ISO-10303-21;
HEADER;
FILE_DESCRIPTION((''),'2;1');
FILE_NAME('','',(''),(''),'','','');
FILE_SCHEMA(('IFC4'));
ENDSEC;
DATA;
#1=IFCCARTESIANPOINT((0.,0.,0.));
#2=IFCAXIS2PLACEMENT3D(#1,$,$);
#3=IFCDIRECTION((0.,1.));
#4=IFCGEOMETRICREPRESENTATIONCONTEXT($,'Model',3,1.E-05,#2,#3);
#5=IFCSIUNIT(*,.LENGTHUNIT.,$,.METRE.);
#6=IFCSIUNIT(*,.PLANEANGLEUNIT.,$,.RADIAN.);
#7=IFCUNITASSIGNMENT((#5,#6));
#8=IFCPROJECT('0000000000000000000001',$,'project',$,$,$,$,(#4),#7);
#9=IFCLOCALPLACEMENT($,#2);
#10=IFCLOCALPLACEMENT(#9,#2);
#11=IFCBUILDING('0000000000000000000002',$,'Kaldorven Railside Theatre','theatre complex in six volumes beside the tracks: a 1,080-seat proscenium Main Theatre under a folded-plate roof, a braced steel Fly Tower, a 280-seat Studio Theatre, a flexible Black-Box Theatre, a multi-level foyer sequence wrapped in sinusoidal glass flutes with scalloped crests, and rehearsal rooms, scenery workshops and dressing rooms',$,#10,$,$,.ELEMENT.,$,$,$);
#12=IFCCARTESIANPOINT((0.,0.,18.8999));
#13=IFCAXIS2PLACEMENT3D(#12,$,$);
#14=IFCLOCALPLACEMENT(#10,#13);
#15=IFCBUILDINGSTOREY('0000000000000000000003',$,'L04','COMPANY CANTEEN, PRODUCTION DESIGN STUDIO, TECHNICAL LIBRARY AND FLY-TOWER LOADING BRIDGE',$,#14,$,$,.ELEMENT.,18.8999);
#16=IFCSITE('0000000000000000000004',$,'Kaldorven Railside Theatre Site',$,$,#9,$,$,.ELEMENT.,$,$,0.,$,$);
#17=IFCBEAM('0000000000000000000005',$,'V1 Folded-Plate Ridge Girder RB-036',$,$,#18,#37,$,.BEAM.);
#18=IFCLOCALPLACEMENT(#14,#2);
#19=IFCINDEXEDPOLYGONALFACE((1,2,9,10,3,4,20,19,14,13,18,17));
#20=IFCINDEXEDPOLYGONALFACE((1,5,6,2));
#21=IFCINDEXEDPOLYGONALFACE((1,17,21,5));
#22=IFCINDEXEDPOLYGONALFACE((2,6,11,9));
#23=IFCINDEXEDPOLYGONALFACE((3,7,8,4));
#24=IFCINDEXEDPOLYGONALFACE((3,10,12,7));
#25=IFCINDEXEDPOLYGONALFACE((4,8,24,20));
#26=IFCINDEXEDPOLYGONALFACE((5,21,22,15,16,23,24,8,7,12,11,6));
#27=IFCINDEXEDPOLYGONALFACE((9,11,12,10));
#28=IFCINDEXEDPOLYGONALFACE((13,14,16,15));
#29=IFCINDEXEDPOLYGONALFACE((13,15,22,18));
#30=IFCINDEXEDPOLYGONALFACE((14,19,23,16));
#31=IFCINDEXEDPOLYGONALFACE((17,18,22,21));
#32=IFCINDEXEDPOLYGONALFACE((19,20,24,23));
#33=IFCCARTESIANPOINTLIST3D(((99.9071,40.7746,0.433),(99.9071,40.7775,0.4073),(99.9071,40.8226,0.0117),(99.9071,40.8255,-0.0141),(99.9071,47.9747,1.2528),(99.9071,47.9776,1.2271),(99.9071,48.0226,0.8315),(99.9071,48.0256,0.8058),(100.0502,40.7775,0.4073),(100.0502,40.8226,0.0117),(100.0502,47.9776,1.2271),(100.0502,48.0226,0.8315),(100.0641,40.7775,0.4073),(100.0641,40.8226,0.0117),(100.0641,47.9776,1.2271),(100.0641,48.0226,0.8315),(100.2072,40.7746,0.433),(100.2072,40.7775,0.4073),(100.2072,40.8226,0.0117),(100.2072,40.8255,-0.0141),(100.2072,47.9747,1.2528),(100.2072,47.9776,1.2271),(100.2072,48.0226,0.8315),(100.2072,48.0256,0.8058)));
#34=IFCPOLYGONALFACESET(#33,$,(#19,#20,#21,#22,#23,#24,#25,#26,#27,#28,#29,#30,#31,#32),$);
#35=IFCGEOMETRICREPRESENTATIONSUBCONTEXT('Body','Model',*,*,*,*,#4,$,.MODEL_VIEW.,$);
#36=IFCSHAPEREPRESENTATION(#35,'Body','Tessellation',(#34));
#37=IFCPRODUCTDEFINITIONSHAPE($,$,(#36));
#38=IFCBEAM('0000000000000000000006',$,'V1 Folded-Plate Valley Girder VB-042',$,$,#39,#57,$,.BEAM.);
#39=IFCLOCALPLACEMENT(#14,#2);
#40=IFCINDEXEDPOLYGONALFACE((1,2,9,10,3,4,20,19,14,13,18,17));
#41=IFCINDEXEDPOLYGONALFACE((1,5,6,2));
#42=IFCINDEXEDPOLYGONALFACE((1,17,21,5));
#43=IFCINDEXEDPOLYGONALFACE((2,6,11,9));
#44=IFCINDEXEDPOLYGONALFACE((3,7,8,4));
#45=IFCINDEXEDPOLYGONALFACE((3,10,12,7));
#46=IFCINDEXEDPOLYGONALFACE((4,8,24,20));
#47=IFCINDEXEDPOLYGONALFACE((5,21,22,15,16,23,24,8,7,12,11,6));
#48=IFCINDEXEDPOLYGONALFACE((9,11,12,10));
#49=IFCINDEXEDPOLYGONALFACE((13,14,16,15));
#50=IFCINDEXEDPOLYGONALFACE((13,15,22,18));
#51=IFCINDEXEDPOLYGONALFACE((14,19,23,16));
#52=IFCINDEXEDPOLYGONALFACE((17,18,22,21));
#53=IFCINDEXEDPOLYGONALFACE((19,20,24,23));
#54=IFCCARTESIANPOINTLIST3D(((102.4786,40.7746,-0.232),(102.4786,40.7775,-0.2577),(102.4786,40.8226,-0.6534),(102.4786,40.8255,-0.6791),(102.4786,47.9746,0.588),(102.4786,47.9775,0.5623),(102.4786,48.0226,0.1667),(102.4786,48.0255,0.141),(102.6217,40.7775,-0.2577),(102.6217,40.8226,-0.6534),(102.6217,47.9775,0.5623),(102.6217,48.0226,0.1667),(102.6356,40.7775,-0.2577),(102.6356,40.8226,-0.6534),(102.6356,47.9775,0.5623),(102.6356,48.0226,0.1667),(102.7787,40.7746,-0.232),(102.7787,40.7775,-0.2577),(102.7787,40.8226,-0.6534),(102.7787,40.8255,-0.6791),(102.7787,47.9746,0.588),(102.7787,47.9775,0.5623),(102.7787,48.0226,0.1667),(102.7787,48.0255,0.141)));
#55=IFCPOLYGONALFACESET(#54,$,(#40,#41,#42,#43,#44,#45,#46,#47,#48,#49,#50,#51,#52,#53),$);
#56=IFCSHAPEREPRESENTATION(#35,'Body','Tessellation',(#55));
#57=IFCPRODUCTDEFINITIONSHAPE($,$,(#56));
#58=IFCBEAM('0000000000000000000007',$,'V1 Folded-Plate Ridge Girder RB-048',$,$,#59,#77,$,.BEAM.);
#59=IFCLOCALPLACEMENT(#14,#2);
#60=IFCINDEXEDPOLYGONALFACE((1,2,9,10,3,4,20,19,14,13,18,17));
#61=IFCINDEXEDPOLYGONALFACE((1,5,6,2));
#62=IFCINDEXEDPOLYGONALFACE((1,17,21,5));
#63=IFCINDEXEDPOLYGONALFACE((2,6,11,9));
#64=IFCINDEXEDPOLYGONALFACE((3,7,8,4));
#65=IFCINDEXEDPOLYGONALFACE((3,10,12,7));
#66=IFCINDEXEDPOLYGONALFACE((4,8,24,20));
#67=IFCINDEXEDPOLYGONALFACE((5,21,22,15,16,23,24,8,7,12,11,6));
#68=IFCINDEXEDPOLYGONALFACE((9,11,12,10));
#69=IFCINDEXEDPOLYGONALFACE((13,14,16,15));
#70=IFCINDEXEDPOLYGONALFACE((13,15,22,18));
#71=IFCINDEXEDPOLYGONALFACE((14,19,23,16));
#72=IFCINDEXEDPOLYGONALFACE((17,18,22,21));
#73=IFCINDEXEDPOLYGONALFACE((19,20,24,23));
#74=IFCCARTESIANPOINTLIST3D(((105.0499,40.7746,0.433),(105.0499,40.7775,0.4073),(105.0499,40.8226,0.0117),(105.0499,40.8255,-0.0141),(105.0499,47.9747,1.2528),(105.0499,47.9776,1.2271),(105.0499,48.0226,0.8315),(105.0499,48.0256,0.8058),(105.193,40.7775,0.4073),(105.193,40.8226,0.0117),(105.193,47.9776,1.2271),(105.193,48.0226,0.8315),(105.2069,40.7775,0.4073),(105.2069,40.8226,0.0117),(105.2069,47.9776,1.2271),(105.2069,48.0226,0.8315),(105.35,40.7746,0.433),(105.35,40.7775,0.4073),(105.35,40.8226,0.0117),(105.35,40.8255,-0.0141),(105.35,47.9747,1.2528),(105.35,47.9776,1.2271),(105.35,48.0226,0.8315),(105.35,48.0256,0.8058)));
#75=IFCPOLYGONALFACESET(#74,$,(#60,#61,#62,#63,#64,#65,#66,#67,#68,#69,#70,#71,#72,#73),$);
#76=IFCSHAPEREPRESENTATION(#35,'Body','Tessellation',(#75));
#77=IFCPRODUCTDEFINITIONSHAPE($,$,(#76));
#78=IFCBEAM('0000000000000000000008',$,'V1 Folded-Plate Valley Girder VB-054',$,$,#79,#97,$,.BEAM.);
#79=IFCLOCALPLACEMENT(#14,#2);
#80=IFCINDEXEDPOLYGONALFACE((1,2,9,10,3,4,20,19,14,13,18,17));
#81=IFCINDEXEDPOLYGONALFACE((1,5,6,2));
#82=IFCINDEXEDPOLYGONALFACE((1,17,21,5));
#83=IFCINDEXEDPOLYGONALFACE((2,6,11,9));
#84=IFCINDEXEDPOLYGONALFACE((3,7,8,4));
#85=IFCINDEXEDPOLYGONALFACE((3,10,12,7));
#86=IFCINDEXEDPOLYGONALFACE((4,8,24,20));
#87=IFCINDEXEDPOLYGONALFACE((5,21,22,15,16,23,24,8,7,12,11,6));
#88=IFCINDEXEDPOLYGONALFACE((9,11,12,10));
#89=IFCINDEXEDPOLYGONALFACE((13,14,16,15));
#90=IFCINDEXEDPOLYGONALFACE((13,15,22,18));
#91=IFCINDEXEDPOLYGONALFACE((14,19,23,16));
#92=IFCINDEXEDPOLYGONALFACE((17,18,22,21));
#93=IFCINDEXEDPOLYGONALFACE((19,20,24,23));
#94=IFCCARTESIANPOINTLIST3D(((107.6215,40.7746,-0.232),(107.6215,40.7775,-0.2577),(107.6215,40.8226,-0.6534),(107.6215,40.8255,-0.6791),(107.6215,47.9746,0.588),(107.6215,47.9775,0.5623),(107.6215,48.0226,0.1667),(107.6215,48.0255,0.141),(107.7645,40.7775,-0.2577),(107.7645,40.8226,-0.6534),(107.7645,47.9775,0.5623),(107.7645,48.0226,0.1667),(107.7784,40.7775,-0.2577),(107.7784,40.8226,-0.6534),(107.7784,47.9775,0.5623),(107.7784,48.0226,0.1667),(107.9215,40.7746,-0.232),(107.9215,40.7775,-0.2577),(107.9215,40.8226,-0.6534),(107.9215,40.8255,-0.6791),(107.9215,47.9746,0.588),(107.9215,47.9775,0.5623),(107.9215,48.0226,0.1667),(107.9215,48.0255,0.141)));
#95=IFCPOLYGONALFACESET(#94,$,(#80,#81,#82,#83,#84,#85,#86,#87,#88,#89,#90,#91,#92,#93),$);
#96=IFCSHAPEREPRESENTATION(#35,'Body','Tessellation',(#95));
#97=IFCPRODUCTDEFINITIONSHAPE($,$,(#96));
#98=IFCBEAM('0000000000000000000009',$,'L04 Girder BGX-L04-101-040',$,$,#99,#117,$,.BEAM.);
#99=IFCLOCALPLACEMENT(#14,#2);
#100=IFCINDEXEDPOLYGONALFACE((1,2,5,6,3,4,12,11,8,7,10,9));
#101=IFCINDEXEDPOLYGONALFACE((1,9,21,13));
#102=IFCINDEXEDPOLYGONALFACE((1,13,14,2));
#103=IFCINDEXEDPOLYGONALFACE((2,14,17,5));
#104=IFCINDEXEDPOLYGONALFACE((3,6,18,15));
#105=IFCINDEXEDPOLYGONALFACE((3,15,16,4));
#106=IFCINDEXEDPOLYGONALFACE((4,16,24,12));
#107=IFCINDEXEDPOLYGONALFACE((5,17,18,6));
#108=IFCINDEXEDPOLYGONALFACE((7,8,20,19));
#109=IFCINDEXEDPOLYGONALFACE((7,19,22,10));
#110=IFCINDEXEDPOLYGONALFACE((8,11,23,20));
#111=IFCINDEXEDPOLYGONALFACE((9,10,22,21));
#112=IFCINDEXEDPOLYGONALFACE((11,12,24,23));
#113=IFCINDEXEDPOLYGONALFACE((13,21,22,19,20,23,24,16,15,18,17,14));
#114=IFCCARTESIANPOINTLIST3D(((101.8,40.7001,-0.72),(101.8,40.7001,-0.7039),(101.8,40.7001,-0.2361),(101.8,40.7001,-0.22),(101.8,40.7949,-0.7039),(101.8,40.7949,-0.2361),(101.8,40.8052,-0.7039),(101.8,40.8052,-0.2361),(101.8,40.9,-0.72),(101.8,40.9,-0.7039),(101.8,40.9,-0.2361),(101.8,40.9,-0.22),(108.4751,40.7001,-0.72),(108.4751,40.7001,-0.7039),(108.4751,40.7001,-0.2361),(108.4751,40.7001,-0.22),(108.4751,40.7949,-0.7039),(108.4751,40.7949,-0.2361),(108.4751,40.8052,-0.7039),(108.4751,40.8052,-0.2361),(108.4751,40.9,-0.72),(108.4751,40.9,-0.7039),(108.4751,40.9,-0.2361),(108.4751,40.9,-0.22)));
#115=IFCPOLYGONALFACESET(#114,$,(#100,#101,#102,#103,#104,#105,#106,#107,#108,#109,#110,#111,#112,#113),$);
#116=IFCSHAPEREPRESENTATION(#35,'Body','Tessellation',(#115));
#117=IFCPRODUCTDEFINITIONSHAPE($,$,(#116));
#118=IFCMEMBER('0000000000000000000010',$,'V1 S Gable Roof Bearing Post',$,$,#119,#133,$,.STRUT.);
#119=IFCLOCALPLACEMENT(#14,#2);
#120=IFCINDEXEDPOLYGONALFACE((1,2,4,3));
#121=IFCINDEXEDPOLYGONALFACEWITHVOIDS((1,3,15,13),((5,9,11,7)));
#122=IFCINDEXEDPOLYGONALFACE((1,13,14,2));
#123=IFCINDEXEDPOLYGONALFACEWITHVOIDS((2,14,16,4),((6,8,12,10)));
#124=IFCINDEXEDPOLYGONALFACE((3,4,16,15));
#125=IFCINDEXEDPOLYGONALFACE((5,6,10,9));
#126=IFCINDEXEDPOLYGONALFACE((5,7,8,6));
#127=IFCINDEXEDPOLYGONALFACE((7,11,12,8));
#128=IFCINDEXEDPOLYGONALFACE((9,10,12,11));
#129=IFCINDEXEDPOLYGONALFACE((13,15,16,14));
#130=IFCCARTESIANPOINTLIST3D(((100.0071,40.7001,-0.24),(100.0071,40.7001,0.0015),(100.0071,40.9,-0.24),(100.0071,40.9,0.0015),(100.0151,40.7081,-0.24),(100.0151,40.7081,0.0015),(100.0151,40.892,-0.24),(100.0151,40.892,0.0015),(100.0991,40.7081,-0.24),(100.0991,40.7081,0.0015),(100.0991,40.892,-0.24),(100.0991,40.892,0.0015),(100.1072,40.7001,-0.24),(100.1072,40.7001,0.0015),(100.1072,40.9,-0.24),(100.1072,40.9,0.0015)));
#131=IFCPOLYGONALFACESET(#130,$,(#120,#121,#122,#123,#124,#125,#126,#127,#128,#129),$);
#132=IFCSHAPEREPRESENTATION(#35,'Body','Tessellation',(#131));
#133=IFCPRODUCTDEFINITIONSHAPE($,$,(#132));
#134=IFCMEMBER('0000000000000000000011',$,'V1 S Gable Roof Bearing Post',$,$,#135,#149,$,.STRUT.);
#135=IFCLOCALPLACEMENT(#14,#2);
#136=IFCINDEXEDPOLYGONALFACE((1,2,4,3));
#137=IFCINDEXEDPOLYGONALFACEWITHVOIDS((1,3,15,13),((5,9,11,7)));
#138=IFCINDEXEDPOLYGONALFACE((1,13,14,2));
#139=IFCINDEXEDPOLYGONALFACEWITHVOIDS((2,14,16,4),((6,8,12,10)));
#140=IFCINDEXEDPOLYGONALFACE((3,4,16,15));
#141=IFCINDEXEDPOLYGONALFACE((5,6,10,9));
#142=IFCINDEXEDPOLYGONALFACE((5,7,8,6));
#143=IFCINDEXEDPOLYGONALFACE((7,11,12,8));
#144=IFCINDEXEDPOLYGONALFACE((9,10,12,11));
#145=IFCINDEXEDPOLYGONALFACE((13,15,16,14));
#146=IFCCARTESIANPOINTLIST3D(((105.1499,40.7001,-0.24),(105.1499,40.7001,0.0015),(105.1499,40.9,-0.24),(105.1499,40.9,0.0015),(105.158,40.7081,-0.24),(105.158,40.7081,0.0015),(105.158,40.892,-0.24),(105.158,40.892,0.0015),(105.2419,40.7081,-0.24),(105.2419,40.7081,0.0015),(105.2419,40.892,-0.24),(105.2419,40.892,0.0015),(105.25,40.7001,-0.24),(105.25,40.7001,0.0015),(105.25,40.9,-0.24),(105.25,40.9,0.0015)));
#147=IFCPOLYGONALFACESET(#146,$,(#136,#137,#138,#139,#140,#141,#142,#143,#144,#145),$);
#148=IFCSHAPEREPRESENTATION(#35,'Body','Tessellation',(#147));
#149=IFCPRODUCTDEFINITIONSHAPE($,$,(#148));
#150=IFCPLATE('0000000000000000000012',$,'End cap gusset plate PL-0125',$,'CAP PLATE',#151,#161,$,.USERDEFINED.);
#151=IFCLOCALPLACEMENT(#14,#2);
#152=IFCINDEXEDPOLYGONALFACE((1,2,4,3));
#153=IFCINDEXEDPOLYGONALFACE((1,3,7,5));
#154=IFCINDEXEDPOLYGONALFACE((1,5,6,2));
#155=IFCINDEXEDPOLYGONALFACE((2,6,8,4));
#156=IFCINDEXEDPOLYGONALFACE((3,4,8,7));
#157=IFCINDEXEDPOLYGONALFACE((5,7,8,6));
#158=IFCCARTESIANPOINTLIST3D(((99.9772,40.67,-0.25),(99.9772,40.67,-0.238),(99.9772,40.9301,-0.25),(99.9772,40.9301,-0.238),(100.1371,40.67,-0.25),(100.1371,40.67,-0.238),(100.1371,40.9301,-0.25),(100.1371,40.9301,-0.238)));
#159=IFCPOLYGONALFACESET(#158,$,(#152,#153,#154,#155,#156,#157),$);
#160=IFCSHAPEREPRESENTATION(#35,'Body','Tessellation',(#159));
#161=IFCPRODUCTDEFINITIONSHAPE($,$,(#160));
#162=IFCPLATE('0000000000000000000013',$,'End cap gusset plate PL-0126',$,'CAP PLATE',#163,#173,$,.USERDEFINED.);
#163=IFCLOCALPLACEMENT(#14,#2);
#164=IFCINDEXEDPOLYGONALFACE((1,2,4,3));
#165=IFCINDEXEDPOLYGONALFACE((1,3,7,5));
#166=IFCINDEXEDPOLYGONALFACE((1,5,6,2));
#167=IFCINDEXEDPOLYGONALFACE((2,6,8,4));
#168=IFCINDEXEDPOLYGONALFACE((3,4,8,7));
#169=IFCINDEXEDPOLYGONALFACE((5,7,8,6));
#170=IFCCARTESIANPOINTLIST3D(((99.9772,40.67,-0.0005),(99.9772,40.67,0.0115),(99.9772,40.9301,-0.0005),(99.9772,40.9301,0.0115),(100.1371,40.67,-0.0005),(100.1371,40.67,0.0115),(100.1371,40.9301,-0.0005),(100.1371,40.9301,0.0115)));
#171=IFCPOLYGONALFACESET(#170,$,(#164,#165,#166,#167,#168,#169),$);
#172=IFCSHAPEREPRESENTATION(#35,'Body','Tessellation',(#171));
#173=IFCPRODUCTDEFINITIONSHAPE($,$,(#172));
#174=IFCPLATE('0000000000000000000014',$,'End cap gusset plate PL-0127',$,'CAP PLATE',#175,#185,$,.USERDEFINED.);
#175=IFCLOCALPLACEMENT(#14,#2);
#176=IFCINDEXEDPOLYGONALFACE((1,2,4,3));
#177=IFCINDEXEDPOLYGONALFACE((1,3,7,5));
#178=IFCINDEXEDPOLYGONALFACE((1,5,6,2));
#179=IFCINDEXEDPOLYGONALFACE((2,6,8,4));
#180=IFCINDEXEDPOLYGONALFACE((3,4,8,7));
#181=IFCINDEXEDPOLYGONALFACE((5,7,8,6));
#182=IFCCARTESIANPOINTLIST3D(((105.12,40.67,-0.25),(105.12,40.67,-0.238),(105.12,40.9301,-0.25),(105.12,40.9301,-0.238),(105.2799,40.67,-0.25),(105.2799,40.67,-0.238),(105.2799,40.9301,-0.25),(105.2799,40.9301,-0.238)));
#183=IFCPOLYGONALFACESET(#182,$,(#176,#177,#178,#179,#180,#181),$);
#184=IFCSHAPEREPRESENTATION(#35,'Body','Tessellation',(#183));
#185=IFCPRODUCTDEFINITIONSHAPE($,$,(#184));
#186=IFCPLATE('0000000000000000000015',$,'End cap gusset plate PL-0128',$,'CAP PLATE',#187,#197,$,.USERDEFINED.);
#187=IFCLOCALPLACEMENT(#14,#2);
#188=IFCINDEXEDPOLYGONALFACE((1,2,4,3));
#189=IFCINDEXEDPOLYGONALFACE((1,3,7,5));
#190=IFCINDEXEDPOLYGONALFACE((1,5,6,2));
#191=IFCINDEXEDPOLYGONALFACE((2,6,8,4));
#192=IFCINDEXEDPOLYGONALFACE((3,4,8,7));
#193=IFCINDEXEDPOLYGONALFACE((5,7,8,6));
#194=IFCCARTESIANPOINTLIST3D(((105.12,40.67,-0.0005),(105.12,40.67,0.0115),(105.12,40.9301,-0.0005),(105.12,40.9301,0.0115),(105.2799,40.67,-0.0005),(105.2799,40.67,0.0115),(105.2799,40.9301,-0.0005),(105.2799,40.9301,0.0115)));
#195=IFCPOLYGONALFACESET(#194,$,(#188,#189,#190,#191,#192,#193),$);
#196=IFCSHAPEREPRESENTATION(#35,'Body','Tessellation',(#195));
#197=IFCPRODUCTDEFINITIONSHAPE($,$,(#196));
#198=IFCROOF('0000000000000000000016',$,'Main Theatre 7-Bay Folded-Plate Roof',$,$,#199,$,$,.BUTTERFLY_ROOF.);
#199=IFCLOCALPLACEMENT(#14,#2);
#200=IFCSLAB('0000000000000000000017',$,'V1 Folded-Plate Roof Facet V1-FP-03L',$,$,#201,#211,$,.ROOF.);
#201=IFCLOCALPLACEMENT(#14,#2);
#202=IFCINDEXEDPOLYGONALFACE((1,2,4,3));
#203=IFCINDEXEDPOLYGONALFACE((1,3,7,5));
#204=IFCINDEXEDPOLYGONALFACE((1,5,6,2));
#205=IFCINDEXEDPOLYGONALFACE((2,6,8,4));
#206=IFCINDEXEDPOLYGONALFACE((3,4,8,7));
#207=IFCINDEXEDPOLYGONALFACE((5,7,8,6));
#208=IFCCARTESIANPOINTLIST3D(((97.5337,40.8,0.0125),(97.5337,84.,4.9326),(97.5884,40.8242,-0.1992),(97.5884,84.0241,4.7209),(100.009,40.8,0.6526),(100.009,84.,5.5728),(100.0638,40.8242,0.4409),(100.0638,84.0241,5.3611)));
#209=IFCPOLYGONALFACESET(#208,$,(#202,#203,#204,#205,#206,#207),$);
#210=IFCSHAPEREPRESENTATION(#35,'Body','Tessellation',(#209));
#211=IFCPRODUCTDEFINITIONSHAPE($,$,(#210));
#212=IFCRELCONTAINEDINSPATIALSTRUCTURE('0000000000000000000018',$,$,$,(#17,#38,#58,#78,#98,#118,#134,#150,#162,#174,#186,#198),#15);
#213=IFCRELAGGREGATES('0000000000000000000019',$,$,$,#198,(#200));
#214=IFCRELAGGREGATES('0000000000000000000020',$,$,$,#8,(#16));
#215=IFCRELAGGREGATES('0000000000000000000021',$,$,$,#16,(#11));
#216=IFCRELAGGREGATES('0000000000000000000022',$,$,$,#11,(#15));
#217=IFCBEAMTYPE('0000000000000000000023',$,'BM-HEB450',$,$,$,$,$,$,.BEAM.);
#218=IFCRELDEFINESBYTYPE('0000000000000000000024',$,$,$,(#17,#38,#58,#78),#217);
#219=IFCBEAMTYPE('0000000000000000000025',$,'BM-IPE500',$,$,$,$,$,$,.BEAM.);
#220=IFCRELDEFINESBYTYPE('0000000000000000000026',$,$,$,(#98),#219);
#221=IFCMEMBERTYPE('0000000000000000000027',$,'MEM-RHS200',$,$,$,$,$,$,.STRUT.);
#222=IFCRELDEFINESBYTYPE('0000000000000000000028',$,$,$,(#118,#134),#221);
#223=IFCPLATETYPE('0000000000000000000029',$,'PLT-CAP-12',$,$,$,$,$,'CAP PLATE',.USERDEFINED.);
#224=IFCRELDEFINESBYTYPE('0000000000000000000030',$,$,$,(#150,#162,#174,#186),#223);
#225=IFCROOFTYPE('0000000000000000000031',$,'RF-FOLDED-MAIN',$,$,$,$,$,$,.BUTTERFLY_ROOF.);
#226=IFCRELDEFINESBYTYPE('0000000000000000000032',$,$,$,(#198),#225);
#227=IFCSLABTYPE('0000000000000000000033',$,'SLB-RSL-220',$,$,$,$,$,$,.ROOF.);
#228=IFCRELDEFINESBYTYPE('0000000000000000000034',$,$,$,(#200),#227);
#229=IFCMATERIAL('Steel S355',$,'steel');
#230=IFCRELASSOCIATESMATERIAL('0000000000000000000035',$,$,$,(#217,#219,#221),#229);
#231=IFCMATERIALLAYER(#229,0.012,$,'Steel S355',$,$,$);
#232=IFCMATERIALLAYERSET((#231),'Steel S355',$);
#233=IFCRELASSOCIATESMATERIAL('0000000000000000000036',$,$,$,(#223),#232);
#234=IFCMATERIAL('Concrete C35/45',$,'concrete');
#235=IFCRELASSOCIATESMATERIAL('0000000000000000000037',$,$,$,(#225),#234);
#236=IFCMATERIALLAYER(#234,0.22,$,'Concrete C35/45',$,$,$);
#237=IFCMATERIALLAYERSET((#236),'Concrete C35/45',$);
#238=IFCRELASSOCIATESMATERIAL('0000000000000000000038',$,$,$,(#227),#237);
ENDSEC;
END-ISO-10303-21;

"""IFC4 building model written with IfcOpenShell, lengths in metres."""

from ifc_helpers import new_model, si_unit, direction, frame, origin, origin_2d, place, context, subcontext, project, spatial, polyline, rectangle, hollow_rectangle, i_section, outline, extrude, material, layer, layer_set, material_profile, profile_set, type_object, element, aggregate, save


model = new_model("IFC4")

# Units and contexts
model_context = context("Model", 3, precision=1e-05, world=origin(), true_north=direction((0.0, 1.0)))
body_context = subcontext(model_context, "Body", "Model", "MODEL_VIEW")
ifc_project = project(units=[si_unit("LENGTHUNIT", "METRE"), si_unit("PLANEANGLEUNIT", "RADIAN")], contexts=[model_context])

# Site, building, storey
site_placement = place(None, origin())
site = spatial("IfcSite", under=ifc_project, at=site_placement, Name="Kaldorven Railside Theatre Site", CompositionType="ELEMENT", RefElevation=0.0)
building_placement = place(site_placement, origin())
building = spatial("IfcBuilding", under=site, at=building_placement, Name="Kaldorven Railside Theatre", Description="theatre complex in six volumes beside the tracks: a 1,080-seat proscenium Main Theatre under a folded-plate roof, a braced steel Fly Tower, a 280-seat Studio Theatre, a flexible Black-Box Theatre, a multi-level foyer sequence wrapped in sinusoidal glass flutes with scalloped crests, and rehearsal rooms, scenery workshops and dressing rooms", CompositionType="ELEMENT")
storey_placement = place(building_placement, frame((0.0, 0.0, 18.8999)))
storey = spatial("IfcBuildingStorey", under=building, at=storey_placement, Name="L04", Description="COMPANY CANTEEN, PRODUCTION DESIGN STUDIO, TECHNICAL LIBRARY AND FLY-TOWER LOADING BRIDGE", CompositionType="ELEMENT", Elevation=18.8999)

# Beams
ifc_material_1 = material(Name="Steel S355", Category="steel")
ifc_material_profile_1 = material_profile(ifc_material_1, i_section(OverallWidth=0.3, OverallDepth=0.45, WebThickness=0.0139, FlangeThickness=0.0259, at=origin_2d()), Name="HEB 450")
ifc_profile_set_1 = profile_set([ifc_material_profile_1], Name="Steel S355")
beam_type_1 = type_object("IfcBeamType", Name="BM-HEB450", PredefinedType="BEAM", material=ifc_profile_set_1)
for number, where, z_axis, x_axis, name in (
    (1, (100.0571, 40.8, 0.2095), (0.0, 0.99358, 0.113134), (-1.0, 0.0, 0.0), "V1 Folded-Plate Ridge Girder RB-036"),
    (2, (102.6287, 40.8, -0.4556), (0.0, 0.993576, 0.113167), (-1.0, 0.0, 0.0), "V1 Folded-Plate Valley Girder VB-042"),
    (3, (105.2, 40.8, 0.2095), (0.0, 0.99358, 0.113134), (-1.0, 0.0, 0.0), "V1 Folded-Plate Ridge Girder RB-048"),
    (4, (107.7715, 40.8, -0.4556), (0.0, 0.993576, 0.113167), (-1.0, 0.0, 0.0), "V1 Folded-Plate Valley Girder VB-054"),
):
    element("IfcBeam", number, at=place(storey_placement, frame(where, z_axis=z_axis, x_axis=x_axis)), inside=storey, type_object=beam_type_1, Name=name, PredefinedType="BEAM", context=body_context, shape_type="SweptSolid", body=[
        extrude(i_section(OverallWidth=0.3, OverallDepth=0.45, WebThickness=0.0139, FlangeThickness=0.0259, at=origin_2d()), origin(), (0.0, 0.0, 1.0), 7.2466),
    ])
ifc_material_profile_2 = material_profile(ifc_material_1, i_section(OverallWidth=0.2, OverallDepth=0.5, WebThickness=0.0103, FlangeThickness=0.0161, at=origin_2d()), Name="IPE 500")
ifc_profile_set_2 = profile_set([ifc_material_profile_2], Name="Steel S355")
beam_type_2 = type_object("IfcBeamType", Name="BM-IPE500", PredefinedType="BEAM", material=ifc_profile_set_2)
beam_placement = place(storey_placement, frame((101.8, 40.8, -0.47), z_axis=(1.0, 0.0, 0.0), x_axis=(0.0, 1.0, 0.0)))
element("IfcBeam", 5, at=beam_placement, inside=storey, type_object=beam_type_2, Name="L04 Girder BGX-L04-101-040", PredefinedType="BEAM", context=body_context, shape_type="SweptSolid", body=[
    extrude(i_section(OverallWidth=0.2, OverallDepth=0.5, WebThickness=0.0103, FlangeThickness=0.0161, at=origin_2d()), origin(), (0.0, 0.0, 1.0), 6.675),
])

# Members
ifc_material_profile_3 = material_profile(ifc_material_1, hollow_rectangle(XDim=0.1001, YDim=0.2, WallThickness=0.0081, at=origin_2d()), Name="RHS 200x100x8")
ifc_profile_set_3 = profile_set([ifc_material_profile_3], Name="Steel S355")
member_type = type_object("IfcMemberType", Name="MEM-RHS200", PredefinedType="STRUT", material=ifc_profile_set_3)
for number, where, z_axis, x_axis, name in (
    (6, (100.0571, 40.8, -0.24), (0.0, 0.0, 1.0), (1.0, 0.0, 0.0), "V1 S Gable Roof Bearing Post"),
    (7, (105.2, 40.8, -0.24), (0.0, 0.0, 1.0), (1.0, 0.0, 0.0), "V1 S Gable Roof Bearing Post"),
):
    element("IfcMember", number, at=place(storey_placement, frame(where, z_axis=z_axis, x_axis=x_axis)), inside=storey, type_object=member_type, Name=name, PredefinedType="STRUT", context=body_context, shape_type="SweptSolid", body=[
        extrude(hollow_rectangle(XDim=0.1001, YDim=0.2, WallThickness=0.0081, at=origin_2d()), origin(), (0.0, 0.0, 1.0), 0.2415),
    ])

# Plates
ifc_layer_1 = layer(ifc_material_1, 0.012, Name="Steel S355")
ifc_layer_set_1 = layer_set([ifc_layer_1], Name="Steel S355")
plate_type = type_object("IfcPlateType", Name="PLT-CAP-12", ElementType="CAP PLATE", PredefinedType="USERDEFINED", material=ifc_layer_set_1)
for number, where, z_axis, x_axis, name in (
    (8, (100.0571, 40.8, -0.25), (0.0, 0.0, 1.0), (1.0, 0.0, 0.0), "End cap gusset plate PL-0125"),
    (9, (100.0571, 40.8, -0.0005), (0.0, 0.0, 1.0), (1.0, 0.0, 0.0), "End cap gusset plate PL-0126"),
    (10, (105.2, 40.8, -0.25), (0.0, 0.0, 1.0), (1.0, 0.0, 0.0), "End cap gusset plate PL-0127"),
    (11, (105.2, 40.8, -0.0005), (0.0, 0.0, 1.0), (1.0, 0.0, 0.0), "End cap gusset plate PL-0128"),
):
    element("IfcPlate", number, at=place(storey_placement, frame(where, z_axis=z_axis, x_axis=x_axis)), inside=storey, type_object=plate_type, Name=name, ObjectType="CAP PLATE", PredefinedType="USERDEFINED", context=body_context, shape_type="SweptSolid", body=[
        extrude(rectangle(XDim=0.1599, YDim=0.26, at=origin_2d()), origin(), (0.0, 0.0, 1.0), 0.012),
    ])

# Roof, slab
ifc_material_2 = material(Name="Concrete C35/45", Category="concrete")
roof_type = type_object("IfcRoofType", Name="RF-FOLDED-MAIN", PredefinedType="BUTTERFLY_ROOF", material=ifc_material_2)
roof_placement = place(storey_placement, origin())
roof = element("IfcRoof", 12, at=roof_placement, inside=storey, type_object=roof_type, Name="Main Theatre 7-Bay Folded-Plate Roof", PredefinedType="BUTTERFLY_ROOF")
ifc_layer_2 = layer(ifc_material_2, 0.22, Name="Concrete C35/45")
ifc_layer_set_2 = layer_set([ifc_layer_2], Name="Concrete C35/45")
slab_type = type_object("IfcSlabType", Name="SLB-RSL-220", PredefinedType="ROOF", material=ifc_layer_set_2)
slab_1_placement = place(storey_placement, frame((97.5337, 40.8, 0.0125), z_axis=(-0.248861, -0.109601, 0.962318), x_axis=(0.968151, 0.0, 0.250369)))
slab_1 = element("IfcSlab", 13, at=slab_1_placement, type_object=slab_type, Name="V1 Folded-Plate Roof Facet V1-FP-03L", PredefinedType="ROOF", context=body_context, shape_type="SweptSolid", body=[
    extrude(outline(polyline([(0.0, 0.0), (2.5568, 0.0), (3.7886, 43.4618), (1.2319, 43.4618), (0.0, 0.0)])), origin(), (0.0, 0.0, -1.0), 0.22),
])
aggregate(roof, [slab_1])

save(model, "model.ifc")
